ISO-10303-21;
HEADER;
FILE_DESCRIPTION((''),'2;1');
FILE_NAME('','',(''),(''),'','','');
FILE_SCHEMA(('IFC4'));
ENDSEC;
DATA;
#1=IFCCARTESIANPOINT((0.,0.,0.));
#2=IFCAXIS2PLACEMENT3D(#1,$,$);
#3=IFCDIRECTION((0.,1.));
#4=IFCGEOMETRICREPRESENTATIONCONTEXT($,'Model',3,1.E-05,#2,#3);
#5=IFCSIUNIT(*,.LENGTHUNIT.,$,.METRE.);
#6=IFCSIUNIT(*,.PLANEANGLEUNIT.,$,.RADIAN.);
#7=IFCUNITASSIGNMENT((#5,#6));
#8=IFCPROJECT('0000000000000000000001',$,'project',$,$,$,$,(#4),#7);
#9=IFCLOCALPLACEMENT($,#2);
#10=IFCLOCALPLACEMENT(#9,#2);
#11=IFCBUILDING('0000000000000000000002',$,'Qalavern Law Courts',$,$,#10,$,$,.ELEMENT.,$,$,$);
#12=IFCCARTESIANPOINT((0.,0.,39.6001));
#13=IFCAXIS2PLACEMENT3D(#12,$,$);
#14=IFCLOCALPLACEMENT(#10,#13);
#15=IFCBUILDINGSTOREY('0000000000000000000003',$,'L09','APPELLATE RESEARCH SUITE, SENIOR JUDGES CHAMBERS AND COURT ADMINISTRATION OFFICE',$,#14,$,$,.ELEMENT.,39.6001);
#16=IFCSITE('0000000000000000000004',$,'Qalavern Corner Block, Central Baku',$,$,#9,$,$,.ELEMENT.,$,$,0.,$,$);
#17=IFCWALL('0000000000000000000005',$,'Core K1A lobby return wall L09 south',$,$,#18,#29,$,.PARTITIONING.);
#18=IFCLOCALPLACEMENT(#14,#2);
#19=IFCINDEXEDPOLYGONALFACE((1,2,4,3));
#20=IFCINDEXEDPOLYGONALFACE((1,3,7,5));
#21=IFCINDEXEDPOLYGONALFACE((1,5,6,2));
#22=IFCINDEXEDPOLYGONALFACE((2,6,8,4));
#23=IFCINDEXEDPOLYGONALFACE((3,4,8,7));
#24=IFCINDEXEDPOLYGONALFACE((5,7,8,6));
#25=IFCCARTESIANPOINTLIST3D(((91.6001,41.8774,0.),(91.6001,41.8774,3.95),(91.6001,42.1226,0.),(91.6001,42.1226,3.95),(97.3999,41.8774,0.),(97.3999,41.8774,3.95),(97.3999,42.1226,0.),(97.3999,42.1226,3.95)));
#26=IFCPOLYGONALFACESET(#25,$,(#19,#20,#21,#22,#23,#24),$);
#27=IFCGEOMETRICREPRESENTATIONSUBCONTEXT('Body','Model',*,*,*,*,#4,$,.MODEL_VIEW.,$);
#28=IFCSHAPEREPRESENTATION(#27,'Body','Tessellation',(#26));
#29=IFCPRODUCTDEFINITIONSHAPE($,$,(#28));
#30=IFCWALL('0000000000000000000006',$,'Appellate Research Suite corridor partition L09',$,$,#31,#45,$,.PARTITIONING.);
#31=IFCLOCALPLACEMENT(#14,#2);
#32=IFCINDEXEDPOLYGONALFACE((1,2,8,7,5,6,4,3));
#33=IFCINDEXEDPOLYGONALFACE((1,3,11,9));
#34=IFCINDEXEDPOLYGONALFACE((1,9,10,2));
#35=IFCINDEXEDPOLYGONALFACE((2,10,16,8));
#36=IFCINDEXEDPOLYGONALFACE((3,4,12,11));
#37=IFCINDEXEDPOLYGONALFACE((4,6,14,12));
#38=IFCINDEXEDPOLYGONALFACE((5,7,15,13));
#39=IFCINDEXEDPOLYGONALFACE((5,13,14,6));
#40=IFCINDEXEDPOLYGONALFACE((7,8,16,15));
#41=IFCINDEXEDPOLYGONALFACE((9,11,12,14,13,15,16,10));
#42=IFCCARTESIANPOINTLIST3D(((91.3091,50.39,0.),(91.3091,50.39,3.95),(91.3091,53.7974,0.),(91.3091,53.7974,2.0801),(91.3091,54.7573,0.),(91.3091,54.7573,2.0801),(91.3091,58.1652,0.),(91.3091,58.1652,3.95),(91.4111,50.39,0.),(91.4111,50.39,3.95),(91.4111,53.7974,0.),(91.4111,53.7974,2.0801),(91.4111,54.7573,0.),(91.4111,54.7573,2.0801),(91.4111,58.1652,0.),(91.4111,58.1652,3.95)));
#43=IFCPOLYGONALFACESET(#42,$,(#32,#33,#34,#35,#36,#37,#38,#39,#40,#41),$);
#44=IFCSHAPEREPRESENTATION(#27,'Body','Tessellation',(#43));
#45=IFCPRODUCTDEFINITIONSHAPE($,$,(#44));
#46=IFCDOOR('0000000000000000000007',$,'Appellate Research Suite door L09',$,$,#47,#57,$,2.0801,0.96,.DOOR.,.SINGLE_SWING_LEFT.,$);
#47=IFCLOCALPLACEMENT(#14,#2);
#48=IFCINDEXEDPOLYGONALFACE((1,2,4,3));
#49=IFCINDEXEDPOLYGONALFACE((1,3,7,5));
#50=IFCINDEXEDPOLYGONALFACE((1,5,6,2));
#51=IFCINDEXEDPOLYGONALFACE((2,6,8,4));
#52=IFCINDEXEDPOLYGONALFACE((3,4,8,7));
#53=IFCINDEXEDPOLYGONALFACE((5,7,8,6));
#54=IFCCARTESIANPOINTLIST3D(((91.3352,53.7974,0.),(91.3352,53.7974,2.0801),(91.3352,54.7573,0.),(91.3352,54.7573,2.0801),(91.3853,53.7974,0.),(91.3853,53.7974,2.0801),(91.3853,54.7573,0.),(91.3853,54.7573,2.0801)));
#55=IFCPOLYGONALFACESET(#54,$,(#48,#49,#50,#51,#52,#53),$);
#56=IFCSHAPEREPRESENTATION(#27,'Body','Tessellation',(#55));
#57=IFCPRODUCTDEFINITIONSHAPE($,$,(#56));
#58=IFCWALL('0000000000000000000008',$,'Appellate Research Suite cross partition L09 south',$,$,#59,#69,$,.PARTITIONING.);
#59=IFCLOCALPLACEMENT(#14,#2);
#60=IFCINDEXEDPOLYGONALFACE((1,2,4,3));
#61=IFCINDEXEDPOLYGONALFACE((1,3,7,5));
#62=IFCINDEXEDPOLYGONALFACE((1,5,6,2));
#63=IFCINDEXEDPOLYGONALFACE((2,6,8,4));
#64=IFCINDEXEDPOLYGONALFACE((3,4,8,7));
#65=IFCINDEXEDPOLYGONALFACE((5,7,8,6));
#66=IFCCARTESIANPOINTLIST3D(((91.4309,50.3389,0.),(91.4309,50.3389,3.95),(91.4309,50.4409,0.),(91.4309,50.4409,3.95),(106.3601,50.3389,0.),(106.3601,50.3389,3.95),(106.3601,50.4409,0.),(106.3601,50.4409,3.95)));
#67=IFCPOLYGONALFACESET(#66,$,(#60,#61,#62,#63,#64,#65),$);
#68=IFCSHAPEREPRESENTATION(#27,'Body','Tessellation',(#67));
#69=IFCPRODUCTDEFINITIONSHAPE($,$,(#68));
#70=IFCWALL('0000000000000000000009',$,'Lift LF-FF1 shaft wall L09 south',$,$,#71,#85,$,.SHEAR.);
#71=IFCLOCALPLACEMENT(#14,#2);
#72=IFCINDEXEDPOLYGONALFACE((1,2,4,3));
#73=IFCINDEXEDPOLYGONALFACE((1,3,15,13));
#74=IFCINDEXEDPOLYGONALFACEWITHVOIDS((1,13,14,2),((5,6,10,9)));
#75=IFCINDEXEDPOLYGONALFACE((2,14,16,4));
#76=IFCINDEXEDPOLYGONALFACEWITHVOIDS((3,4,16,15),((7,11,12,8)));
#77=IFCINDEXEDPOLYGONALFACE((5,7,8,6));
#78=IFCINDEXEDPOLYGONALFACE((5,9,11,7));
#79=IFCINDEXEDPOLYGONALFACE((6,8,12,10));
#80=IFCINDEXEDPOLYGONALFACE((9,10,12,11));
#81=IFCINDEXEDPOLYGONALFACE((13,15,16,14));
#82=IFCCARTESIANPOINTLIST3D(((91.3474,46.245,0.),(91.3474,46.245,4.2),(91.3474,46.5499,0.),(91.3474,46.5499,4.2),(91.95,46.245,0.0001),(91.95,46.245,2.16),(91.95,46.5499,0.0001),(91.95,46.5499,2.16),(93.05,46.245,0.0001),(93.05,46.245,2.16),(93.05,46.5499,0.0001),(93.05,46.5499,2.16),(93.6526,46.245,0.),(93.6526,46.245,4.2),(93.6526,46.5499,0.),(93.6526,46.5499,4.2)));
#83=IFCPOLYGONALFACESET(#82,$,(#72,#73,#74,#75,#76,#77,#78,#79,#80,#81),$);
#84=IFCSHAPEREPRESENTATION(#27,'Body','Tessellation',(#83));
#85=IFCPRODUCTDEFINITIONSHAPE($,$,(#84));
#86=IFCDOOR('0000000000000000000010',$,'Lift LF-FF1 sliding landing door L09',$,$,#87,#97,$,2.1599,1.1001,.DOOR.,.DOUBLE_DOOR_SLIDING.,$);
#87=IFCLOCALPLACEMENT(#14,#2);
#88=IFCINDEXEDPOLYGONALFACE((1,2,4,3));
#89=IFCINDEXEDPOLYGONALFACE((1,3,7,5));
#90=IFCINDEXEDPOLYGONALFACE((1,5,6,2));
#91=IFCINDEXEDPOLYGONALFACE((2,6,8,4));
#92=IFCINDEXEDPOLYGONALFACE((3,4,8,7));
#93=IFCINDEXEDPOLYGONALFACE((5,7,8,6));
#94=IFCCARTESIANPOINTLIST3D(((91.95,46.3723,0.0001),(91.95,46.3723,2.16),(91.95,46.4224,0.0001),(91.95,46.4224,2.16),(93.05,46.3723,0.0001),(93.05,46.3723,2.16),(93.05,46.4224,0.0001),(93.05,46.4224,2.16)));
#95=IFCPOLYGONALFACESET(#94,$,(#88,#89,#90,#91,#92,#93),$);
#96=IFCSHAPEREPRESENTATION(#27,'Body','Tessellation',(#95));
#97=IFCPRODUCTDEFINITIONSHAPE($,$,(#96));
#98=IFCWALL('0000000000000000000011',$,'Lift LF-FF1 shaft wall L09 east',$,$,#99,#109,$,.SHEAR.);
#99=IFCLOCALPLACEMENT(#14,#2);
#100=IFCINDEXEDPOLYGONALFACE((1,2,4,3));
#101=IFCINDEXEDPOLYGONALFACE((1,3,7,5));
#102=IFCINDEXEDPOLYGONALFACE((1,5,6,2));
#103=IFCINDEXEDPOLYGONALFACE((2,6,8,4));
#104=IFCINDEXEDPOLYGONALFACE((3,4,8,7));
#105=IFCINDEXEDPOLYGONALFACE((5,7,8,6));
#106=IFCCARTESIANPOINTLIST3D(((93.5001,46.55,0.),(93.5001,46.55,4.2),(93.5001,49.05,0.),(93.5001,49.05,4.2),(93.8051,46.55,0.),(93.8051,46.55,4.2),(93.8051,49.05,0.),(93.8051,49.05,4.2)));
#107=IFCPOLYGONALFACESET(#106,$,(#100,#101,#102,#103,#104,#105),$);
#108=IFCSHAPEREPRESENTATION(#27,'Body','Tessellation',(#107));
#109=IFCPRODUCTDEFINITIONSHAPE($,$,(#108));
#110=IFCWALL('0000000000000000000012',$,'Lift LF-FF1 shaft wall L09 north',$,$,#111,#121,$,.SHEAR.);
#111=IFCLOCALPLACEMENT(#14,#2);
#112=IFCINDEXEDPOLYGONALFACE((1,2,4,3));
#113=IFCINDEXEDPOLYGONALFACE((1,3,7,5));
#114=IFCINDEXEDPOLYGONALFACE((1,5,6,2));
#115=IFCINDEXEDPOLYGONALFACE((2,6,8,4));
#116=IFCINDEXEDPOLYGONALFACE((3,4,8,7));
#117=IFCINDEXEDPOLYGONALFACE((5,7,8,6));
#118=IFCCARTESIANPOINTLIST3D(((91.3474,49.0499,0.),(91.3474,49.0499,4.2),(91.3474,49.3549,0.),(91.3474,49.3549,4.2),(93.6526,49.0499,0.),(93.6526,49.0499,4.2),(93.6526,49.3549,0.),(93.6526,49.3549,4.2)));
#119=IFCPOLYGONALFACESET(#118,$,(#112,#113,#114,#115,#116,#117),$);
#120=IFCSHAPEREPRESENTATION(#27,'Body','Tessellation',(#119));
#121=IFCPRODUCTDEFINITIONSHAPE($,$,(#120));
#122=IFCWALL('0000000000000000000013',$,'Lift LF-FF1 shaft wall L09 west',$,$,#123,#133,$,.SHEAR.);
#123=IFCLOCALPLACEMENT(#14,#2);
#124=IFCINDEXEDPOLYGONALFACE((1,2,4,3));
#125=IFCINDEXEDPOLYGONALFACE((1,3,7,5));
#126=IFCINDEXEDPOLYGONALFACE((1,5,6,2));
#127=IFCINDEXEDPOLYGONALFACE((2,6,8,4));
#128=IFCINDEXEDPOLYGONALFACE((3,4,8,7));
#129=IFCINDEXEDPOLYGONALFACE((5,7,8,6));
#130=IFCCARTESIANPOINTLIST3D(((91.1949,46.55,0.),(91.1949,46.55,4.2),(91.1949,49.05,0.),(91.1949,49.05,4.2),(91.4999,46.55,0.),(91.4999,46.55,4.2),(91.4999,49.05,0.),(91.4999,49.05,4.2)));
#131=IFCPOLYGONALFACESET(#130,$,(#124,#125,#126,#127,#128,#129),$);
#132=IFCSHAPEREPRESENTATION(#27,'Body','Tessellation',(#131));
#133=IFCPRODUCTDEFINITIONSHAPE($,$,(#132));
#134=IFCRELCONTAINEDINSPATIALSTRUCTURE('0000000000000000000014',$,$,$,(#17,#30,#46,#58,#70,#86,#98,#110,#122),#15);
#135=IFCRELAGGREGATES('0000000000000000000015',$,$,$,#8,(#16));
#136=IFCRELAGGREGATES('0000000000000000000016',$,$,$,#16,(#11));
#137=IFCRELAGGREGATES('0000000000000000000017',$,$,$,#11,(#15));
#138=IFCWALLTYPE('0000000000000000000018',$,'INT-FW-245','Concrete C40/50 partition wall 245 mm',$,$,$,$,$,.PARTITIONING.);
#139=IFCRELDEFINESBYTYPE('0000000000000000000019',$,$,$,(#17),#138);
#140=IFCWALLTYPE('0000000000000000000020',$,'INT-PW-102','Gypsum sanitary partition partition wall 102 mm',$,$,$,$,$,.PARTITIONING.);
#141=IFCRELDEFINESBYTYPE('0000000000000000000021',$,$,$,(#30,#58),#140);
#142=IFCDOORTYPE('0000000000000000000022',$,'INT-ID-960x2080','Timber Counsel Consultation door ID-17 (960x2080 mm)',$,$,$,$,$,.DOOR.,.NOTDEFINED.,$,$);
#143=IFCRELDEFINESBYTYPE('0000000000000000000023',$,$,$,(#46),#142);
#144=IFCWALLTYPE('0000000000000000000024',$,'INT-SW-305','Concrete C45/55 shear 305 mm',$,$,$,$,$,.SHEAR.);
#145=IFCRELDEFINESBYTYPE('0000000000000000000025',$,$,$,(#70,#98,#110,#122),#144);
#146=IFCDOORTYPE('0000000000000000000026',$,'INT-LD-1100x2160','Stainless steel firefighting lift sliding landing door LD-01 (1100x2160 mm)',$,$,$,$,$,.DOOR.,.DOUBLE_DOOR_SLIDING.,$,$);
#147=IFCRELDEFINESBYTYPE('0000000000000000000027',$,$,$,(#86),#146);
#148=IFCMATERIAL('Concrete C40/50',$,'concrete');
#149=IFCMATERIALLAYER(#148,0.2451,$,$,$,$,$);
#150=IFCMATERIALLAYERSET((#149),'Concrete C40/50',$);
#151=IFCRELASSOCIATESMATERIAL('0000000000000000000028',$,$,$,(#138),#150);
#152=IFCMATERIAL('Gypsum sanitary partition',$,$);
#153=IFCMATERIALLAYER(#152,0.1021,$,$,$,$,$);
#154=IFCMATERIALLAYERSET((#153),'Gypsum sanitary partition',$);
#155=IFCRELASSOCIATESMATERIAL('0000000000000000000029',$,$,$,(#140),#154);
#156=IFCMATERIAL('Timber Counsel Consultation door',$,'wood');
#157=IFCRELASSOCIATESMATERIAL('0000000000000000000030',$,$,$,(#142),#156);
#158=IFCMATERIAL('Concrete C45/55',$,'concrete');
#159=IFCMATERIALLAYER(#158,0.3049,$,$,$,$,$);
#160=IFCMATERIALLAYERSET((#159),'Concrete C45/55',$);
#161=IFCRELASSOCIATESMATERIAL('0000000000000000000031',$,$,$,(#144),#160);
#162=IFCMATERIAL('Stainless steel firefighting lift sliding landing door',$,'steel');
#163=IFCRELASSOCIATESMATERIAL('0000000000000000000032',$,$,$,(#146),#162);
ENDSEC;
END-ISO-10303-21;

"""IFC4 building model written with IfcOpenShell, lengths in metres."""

from ifc_helpers import new_model, si_unit, direction, frame, frame_2d, origin, place, context, subcontext, project, spatial, rectangle, extrude, material, layer, layer_set, type_object, element, fill, save


model = new_model("IFC4")

# Units and contexts
model_context = context("Model", 3, precision=1e-05, world=origin(), true_north=direction((0.0, 1.0)))
body_context = subcontext(model_context, "Body", "Model", "MODEL_VIEW")
ifc_project = project(units=[si_unit("LENGTHUNIT", "METRE"), si_unit("PLANEANGLEUNIT", "RADIAN")], contexts=[model_context])

# Site, building, storey
site_placement = place(None, origin())
site = spatial("IfcSite", under=ifc_project, at=site_placement, Name="Qalavern Corner Block, Central Baku", CompositionType="ELEMENT", RefElevation=0.0)
building_placement = place(site_placement, origin())
building = spatial("IfcBuilding", under=site, at=building_placement, Name="Qalavern Law Courts", CompositionType="ELEMENT")
storey_placement = place(building_placement, frame((0.0, 0.0, 39.6001)))
storey = spatial("IfcBuildingStorey", under=building, at=storey_placement, Name="L09", Description="APPELLATE RESEARCH SUITE, SENIOR JUDGES CHAMBERS AND COURT ADMINISTRATION OFFICE", CompositionType="ELEMENT", Elevation=39.6001)

# Shared definitions
ifc_material_1 = material(Name="Concrete C45/55", Category="concrete")

# Shared definitions
ifc_material_2 = material(Name="Concrete C40/50", Category="concrete")

# Shared definitions
ifc_layer_1 = layer(ifc_material_2, 0.2451)
ifc_layer_set_1 = layer_set([ifc_layer_1], Name="Concrete C40/50")
wall_type_1 = type_object("IfcWallType", Name="INT-FW-245", Description="Concrete C40/50 partition wall 245 mm", PredefinedType="PARTITIONING", material=ifc_layer_set_1)

# Wall
wall_1_placement = place(storey_placement, frame((91.6001, 42.0, 0.0), z_axis=(0.0, 0.0, 1.0), x_axis=(1.0, 0.0, 0.0)))
element("IfcWall", 1, at=wall_1_placement, inside=storey, type_object=wall_type_1, Name="Core K1A lobby return wall L09 south", PredefinedType="PARTITIONING", context=body_context, shape_type="SweptSolid", body=[
    extrude(rectangle(XDim=5.7998, YDim=0.2451, at=frame_2d((2.8999, 0.0))), origin(), (0.0, 0.0, 1.0), 3.95),
])

# Wall, opening, door
ifc_material_3 = material(Name="Gypsum sanitary partition")
ifc_layer_2 = layer(ifc_material_3, 0.1021)
ifc_layer_set_2 = layer_set([ifc_layer_2], Name="Gypsum sanitary partition")
wall_type_2 = type_object("IfcWallType", Name="INT-PW-102", Description="Gypsum sanitary partition partition wall 102 mm", PredefinedType="PARTITIONING", material=ifc_layer_set_2)
wall_2_placement = place(storey_placement, frame((91.3601, 50.3899, 0.0), z_axis=(0.0, 0.0, 1.0), x_axis=(0.0, 1.0, 0.0)))
wall_2 = element("IfcWall", 2, at=wall_2_placement, inside=storey, type_object=wall_type_2, Name="Appellate Research Suite corridor partition L09", PredefinedType="PARTITIONING", context=body_context, shape_type="SweptSolid", body=[
    extrude(rectangle(XDim=7.7751, YDim=0.1021, at=frame_2d((3.8877, 0.0))), origin(), (0.0, 0.0, 1.0), 3.95),
])
opening_1_placement = place(wall_2_placement, frame((3.4075, 0.0, 0.0)))
opening_1 = element("IfcOpeningElement", 3, at=opening_1_placement, cuts=wall_2, PredefinedType="OPENING", context=body_context, shape_type="SweptSolid", body=[
    extrude(rectangle(XDim=0.96, YDim=2.0801, at=frame_2d((0.48, 1.04))), frame((0.0, 0.0659, 0.0), z_axis=(0.0, -1.0, 0.0), x_axis=(1.0, 0.0, 0.0)), (0.0, 0.0, 1.0), 0.1318),
])
ifc_material_4 = material(Name="Timber Counsel Consultation door", Category="wood")
door_type_1 = type_object("IfcDoorType", Name="INT-ID-960x2080", Description="Timber Counsel Consultation door ID-17 (960x2080 mm)", OperationType="NOTDEFINED", PredefinedType="DOOR", material=ifc_material_4)
door_1_placement = place(opening_1_placement, origin())
door_1 = element("IfcDoor", 4, at=door_1_placement, inside=storey, type_object=door_type_1, Name="Appellate Research Suite door L09", OperationType="SINGLE_SWING_LEFT", OverallHeight=2.0801, OverallWidth=0.96, PredefinedType="DOOR", context=body_context, shape_type="SweptSolid", body=[
    extrude(rectangle(XDim=0.96, YDim=2.0801, at=frame_2d((0.48, 1.04))), frame((0.0, 0.0249, 0.0), z_axis=(0.0, -1.0, 0.0), x_axis=(1.0, 0.0, 0.0)), (0.0, 0.0, 1.0), 0.05),
])
fill(opening_1, door_1)

# Wall
wall_3_placement = place(storey_placement, frame((91.4309, 50.3899, 0.0), z_axis=(0.0, 0.0, 1.0), x_axis=(1.0, 0.0, 0.0)))
element("IfcWall", 5, at=wall_3_placement, inside=storey, type_object=wall_type_2, Name="Appellate Research Suite cross partition L09 south", PredefinedType="PARTITIONING", context=body_context, shape_type="SweptSolid", body=[
    extrude(rectangle(XDim=14.9292, YDim=0.1021, at=frame_2d((7.4646, 0.0))), origin(), (0.0, 0.0, 1.0), 3.95),
])

# Wall, opening, door
ifc_layer_3 = layer(ifc_material_1, 0.3049)
ifc_layer_set_3 = layer_set([ifc_layer_3], Name="Concrete C45/55")
wall_type_3 = type_object("IfcWallType", Name="INT-SW-305", Description="Concrete C45/55 shear 305 mm", PredefinedType="SHEAR", material=ifc_layer_set_3)
wall_4_placement = place(storey_placement, frame((91.3474, 46.3975, 0.0), z_axis=(0.0, 0.0, 1.0), x_axis=(1.0, 0.0, 0.0)))
wall_4 = element("IfcWall", 6, at=wall_4_placement, inside=storey, type_object=wall_type_3, Name="Lift LF-FF1 shaft wall L09 south", PredefinedType="SHEAR", context=body_context, shape_type="SweptSolid", body=[
    extrude(rectangle(XDim=2.3052, YDim=0.3049, at=frame_2d((1.1526, 0.0))), origin(), (0.0, 0.0, 1.0), 4.2),
])
opening_2_placement = place(wall_4_placement, frame((0.6025, 0.0, 0.0)))
opening_2 = element("IfcOpeningElement", 7, at=opening_2_placement, cuts=wall_4, PredefinedType="OPENING", context=body_context, shape_type="SweptSolid", body=[
    extrude(rectangle(XDim=1.1001, YDim=2.1599, at=frame_2d((0.55, 1.0801))), frame((0.0, 0.1675, 0.0), z_axis=(0.0, -1.0, 0.0), x_axis=(1.0, 0.0, 0.0)), (0.0, 0.0, 1.0), 0.3347),
])
ifc_material_5 = material(Name="Stainless steel firefighting lift sliding landing door", Category="steel")
door_type_2 = type_object("IfcDoorType", Name="INT-LD-1100x2160", Description="Stainless steel firefighting lift sliding landing door LD-01 (1100x2160 mm)", OperationType="DOUBLE_DOOR_SLIDING", PredefinedType="DOOR", material=ifc_material_5)
door_2_placement = place(opening_2_placement, origin())
door_2 = element("IfcDoor", 8, at=door_2_placement, inside=storey, type_object=door_type_2, Name="Lift LF-FF1 sliding landing door L09", OperationType="DOUBLE_DOOR_SLIDING", OverallHeight=2.1599, OverallWidth=1.1001, PredefinedType="DOOR", context=body_context, shape_type="SweptSolid", body=[
    extrude(rectangle(XDim=1.1001, YDim=2.1599, at=frame_2d((0.55, 1.0801))), frame((0.0, 0.0249, 0.0), z_axis=(0.0, -1.0, 0.0), x_axis=(1.0, 0.0, 0.0)), (0.0, 0.0, 1.0), 0.05),
])
fill(opening_2, door_2)

# Walls
wall_5_placement = place(storey_placement, frame((93.6526, 46.55, 0.0), z_axis=(0.0, 0.0, 1.0), x_axis=(0.0, 1.0, 0.0)))
element("IfcWall", 9, at=wall_5_placement, inside=storey, type_object=wall_type_3, Name="Lift LF-FF1 shaft wall L09 east", PredefinedType="SHEAR", context=body_context, shape_type="SweptSolid", body=[
    extrude(rectangle(XDim=2.5, YDim=0.3049, at=frame_2d((1.25, 0.0))), origin(), (0.0, 0.0, 1.0), 4.2),
])
wall_6_placement = place(storey_placement, frame((93.6526, 49.2024, 0.0), z_axis=(0.0, 0.0, 1.0), x_axis=(-1.0, 0.0, 0.0)))
element("IfcWall", 10, at=wall_6_placement, inside=storey, type_object=wall_type_3, Name="Lift LF-FF1 shaft wall L09 north", PredefinedType="SHEAR", context=body_context, shape_type="SweptSolid", body=[
    extrude(rectangle(XDim=2.3052, YDim=0.3049, at=frame_2d((1.1526, 0.0))), origin(), (0.0, 0.0, 1.0), 4.2),
])
wall_7_placement = place(storey_placement, frame((91.3474, 49.05, 0.0), z_axis=(0.0, 0.0, 1.0), x_axis=(0.0, -1.0, 0.0)))
element("IfcWall", 11, at=wall_7_placement, inside=storey, type_object=wall_type_3, Name="Lift LF-FF1 shaft wall L09 west", PredefinedType="SHEAR", context=body_context, shape_type="SweptSolid", body=[
    extrude(rectangle(XDim=2.5, YDim=0.3049, at=frame_2d((1.25, 0.0))), origin(), (0.0, 0.0, 1.0), 4.2),
])

save(model, "model.ifc")
